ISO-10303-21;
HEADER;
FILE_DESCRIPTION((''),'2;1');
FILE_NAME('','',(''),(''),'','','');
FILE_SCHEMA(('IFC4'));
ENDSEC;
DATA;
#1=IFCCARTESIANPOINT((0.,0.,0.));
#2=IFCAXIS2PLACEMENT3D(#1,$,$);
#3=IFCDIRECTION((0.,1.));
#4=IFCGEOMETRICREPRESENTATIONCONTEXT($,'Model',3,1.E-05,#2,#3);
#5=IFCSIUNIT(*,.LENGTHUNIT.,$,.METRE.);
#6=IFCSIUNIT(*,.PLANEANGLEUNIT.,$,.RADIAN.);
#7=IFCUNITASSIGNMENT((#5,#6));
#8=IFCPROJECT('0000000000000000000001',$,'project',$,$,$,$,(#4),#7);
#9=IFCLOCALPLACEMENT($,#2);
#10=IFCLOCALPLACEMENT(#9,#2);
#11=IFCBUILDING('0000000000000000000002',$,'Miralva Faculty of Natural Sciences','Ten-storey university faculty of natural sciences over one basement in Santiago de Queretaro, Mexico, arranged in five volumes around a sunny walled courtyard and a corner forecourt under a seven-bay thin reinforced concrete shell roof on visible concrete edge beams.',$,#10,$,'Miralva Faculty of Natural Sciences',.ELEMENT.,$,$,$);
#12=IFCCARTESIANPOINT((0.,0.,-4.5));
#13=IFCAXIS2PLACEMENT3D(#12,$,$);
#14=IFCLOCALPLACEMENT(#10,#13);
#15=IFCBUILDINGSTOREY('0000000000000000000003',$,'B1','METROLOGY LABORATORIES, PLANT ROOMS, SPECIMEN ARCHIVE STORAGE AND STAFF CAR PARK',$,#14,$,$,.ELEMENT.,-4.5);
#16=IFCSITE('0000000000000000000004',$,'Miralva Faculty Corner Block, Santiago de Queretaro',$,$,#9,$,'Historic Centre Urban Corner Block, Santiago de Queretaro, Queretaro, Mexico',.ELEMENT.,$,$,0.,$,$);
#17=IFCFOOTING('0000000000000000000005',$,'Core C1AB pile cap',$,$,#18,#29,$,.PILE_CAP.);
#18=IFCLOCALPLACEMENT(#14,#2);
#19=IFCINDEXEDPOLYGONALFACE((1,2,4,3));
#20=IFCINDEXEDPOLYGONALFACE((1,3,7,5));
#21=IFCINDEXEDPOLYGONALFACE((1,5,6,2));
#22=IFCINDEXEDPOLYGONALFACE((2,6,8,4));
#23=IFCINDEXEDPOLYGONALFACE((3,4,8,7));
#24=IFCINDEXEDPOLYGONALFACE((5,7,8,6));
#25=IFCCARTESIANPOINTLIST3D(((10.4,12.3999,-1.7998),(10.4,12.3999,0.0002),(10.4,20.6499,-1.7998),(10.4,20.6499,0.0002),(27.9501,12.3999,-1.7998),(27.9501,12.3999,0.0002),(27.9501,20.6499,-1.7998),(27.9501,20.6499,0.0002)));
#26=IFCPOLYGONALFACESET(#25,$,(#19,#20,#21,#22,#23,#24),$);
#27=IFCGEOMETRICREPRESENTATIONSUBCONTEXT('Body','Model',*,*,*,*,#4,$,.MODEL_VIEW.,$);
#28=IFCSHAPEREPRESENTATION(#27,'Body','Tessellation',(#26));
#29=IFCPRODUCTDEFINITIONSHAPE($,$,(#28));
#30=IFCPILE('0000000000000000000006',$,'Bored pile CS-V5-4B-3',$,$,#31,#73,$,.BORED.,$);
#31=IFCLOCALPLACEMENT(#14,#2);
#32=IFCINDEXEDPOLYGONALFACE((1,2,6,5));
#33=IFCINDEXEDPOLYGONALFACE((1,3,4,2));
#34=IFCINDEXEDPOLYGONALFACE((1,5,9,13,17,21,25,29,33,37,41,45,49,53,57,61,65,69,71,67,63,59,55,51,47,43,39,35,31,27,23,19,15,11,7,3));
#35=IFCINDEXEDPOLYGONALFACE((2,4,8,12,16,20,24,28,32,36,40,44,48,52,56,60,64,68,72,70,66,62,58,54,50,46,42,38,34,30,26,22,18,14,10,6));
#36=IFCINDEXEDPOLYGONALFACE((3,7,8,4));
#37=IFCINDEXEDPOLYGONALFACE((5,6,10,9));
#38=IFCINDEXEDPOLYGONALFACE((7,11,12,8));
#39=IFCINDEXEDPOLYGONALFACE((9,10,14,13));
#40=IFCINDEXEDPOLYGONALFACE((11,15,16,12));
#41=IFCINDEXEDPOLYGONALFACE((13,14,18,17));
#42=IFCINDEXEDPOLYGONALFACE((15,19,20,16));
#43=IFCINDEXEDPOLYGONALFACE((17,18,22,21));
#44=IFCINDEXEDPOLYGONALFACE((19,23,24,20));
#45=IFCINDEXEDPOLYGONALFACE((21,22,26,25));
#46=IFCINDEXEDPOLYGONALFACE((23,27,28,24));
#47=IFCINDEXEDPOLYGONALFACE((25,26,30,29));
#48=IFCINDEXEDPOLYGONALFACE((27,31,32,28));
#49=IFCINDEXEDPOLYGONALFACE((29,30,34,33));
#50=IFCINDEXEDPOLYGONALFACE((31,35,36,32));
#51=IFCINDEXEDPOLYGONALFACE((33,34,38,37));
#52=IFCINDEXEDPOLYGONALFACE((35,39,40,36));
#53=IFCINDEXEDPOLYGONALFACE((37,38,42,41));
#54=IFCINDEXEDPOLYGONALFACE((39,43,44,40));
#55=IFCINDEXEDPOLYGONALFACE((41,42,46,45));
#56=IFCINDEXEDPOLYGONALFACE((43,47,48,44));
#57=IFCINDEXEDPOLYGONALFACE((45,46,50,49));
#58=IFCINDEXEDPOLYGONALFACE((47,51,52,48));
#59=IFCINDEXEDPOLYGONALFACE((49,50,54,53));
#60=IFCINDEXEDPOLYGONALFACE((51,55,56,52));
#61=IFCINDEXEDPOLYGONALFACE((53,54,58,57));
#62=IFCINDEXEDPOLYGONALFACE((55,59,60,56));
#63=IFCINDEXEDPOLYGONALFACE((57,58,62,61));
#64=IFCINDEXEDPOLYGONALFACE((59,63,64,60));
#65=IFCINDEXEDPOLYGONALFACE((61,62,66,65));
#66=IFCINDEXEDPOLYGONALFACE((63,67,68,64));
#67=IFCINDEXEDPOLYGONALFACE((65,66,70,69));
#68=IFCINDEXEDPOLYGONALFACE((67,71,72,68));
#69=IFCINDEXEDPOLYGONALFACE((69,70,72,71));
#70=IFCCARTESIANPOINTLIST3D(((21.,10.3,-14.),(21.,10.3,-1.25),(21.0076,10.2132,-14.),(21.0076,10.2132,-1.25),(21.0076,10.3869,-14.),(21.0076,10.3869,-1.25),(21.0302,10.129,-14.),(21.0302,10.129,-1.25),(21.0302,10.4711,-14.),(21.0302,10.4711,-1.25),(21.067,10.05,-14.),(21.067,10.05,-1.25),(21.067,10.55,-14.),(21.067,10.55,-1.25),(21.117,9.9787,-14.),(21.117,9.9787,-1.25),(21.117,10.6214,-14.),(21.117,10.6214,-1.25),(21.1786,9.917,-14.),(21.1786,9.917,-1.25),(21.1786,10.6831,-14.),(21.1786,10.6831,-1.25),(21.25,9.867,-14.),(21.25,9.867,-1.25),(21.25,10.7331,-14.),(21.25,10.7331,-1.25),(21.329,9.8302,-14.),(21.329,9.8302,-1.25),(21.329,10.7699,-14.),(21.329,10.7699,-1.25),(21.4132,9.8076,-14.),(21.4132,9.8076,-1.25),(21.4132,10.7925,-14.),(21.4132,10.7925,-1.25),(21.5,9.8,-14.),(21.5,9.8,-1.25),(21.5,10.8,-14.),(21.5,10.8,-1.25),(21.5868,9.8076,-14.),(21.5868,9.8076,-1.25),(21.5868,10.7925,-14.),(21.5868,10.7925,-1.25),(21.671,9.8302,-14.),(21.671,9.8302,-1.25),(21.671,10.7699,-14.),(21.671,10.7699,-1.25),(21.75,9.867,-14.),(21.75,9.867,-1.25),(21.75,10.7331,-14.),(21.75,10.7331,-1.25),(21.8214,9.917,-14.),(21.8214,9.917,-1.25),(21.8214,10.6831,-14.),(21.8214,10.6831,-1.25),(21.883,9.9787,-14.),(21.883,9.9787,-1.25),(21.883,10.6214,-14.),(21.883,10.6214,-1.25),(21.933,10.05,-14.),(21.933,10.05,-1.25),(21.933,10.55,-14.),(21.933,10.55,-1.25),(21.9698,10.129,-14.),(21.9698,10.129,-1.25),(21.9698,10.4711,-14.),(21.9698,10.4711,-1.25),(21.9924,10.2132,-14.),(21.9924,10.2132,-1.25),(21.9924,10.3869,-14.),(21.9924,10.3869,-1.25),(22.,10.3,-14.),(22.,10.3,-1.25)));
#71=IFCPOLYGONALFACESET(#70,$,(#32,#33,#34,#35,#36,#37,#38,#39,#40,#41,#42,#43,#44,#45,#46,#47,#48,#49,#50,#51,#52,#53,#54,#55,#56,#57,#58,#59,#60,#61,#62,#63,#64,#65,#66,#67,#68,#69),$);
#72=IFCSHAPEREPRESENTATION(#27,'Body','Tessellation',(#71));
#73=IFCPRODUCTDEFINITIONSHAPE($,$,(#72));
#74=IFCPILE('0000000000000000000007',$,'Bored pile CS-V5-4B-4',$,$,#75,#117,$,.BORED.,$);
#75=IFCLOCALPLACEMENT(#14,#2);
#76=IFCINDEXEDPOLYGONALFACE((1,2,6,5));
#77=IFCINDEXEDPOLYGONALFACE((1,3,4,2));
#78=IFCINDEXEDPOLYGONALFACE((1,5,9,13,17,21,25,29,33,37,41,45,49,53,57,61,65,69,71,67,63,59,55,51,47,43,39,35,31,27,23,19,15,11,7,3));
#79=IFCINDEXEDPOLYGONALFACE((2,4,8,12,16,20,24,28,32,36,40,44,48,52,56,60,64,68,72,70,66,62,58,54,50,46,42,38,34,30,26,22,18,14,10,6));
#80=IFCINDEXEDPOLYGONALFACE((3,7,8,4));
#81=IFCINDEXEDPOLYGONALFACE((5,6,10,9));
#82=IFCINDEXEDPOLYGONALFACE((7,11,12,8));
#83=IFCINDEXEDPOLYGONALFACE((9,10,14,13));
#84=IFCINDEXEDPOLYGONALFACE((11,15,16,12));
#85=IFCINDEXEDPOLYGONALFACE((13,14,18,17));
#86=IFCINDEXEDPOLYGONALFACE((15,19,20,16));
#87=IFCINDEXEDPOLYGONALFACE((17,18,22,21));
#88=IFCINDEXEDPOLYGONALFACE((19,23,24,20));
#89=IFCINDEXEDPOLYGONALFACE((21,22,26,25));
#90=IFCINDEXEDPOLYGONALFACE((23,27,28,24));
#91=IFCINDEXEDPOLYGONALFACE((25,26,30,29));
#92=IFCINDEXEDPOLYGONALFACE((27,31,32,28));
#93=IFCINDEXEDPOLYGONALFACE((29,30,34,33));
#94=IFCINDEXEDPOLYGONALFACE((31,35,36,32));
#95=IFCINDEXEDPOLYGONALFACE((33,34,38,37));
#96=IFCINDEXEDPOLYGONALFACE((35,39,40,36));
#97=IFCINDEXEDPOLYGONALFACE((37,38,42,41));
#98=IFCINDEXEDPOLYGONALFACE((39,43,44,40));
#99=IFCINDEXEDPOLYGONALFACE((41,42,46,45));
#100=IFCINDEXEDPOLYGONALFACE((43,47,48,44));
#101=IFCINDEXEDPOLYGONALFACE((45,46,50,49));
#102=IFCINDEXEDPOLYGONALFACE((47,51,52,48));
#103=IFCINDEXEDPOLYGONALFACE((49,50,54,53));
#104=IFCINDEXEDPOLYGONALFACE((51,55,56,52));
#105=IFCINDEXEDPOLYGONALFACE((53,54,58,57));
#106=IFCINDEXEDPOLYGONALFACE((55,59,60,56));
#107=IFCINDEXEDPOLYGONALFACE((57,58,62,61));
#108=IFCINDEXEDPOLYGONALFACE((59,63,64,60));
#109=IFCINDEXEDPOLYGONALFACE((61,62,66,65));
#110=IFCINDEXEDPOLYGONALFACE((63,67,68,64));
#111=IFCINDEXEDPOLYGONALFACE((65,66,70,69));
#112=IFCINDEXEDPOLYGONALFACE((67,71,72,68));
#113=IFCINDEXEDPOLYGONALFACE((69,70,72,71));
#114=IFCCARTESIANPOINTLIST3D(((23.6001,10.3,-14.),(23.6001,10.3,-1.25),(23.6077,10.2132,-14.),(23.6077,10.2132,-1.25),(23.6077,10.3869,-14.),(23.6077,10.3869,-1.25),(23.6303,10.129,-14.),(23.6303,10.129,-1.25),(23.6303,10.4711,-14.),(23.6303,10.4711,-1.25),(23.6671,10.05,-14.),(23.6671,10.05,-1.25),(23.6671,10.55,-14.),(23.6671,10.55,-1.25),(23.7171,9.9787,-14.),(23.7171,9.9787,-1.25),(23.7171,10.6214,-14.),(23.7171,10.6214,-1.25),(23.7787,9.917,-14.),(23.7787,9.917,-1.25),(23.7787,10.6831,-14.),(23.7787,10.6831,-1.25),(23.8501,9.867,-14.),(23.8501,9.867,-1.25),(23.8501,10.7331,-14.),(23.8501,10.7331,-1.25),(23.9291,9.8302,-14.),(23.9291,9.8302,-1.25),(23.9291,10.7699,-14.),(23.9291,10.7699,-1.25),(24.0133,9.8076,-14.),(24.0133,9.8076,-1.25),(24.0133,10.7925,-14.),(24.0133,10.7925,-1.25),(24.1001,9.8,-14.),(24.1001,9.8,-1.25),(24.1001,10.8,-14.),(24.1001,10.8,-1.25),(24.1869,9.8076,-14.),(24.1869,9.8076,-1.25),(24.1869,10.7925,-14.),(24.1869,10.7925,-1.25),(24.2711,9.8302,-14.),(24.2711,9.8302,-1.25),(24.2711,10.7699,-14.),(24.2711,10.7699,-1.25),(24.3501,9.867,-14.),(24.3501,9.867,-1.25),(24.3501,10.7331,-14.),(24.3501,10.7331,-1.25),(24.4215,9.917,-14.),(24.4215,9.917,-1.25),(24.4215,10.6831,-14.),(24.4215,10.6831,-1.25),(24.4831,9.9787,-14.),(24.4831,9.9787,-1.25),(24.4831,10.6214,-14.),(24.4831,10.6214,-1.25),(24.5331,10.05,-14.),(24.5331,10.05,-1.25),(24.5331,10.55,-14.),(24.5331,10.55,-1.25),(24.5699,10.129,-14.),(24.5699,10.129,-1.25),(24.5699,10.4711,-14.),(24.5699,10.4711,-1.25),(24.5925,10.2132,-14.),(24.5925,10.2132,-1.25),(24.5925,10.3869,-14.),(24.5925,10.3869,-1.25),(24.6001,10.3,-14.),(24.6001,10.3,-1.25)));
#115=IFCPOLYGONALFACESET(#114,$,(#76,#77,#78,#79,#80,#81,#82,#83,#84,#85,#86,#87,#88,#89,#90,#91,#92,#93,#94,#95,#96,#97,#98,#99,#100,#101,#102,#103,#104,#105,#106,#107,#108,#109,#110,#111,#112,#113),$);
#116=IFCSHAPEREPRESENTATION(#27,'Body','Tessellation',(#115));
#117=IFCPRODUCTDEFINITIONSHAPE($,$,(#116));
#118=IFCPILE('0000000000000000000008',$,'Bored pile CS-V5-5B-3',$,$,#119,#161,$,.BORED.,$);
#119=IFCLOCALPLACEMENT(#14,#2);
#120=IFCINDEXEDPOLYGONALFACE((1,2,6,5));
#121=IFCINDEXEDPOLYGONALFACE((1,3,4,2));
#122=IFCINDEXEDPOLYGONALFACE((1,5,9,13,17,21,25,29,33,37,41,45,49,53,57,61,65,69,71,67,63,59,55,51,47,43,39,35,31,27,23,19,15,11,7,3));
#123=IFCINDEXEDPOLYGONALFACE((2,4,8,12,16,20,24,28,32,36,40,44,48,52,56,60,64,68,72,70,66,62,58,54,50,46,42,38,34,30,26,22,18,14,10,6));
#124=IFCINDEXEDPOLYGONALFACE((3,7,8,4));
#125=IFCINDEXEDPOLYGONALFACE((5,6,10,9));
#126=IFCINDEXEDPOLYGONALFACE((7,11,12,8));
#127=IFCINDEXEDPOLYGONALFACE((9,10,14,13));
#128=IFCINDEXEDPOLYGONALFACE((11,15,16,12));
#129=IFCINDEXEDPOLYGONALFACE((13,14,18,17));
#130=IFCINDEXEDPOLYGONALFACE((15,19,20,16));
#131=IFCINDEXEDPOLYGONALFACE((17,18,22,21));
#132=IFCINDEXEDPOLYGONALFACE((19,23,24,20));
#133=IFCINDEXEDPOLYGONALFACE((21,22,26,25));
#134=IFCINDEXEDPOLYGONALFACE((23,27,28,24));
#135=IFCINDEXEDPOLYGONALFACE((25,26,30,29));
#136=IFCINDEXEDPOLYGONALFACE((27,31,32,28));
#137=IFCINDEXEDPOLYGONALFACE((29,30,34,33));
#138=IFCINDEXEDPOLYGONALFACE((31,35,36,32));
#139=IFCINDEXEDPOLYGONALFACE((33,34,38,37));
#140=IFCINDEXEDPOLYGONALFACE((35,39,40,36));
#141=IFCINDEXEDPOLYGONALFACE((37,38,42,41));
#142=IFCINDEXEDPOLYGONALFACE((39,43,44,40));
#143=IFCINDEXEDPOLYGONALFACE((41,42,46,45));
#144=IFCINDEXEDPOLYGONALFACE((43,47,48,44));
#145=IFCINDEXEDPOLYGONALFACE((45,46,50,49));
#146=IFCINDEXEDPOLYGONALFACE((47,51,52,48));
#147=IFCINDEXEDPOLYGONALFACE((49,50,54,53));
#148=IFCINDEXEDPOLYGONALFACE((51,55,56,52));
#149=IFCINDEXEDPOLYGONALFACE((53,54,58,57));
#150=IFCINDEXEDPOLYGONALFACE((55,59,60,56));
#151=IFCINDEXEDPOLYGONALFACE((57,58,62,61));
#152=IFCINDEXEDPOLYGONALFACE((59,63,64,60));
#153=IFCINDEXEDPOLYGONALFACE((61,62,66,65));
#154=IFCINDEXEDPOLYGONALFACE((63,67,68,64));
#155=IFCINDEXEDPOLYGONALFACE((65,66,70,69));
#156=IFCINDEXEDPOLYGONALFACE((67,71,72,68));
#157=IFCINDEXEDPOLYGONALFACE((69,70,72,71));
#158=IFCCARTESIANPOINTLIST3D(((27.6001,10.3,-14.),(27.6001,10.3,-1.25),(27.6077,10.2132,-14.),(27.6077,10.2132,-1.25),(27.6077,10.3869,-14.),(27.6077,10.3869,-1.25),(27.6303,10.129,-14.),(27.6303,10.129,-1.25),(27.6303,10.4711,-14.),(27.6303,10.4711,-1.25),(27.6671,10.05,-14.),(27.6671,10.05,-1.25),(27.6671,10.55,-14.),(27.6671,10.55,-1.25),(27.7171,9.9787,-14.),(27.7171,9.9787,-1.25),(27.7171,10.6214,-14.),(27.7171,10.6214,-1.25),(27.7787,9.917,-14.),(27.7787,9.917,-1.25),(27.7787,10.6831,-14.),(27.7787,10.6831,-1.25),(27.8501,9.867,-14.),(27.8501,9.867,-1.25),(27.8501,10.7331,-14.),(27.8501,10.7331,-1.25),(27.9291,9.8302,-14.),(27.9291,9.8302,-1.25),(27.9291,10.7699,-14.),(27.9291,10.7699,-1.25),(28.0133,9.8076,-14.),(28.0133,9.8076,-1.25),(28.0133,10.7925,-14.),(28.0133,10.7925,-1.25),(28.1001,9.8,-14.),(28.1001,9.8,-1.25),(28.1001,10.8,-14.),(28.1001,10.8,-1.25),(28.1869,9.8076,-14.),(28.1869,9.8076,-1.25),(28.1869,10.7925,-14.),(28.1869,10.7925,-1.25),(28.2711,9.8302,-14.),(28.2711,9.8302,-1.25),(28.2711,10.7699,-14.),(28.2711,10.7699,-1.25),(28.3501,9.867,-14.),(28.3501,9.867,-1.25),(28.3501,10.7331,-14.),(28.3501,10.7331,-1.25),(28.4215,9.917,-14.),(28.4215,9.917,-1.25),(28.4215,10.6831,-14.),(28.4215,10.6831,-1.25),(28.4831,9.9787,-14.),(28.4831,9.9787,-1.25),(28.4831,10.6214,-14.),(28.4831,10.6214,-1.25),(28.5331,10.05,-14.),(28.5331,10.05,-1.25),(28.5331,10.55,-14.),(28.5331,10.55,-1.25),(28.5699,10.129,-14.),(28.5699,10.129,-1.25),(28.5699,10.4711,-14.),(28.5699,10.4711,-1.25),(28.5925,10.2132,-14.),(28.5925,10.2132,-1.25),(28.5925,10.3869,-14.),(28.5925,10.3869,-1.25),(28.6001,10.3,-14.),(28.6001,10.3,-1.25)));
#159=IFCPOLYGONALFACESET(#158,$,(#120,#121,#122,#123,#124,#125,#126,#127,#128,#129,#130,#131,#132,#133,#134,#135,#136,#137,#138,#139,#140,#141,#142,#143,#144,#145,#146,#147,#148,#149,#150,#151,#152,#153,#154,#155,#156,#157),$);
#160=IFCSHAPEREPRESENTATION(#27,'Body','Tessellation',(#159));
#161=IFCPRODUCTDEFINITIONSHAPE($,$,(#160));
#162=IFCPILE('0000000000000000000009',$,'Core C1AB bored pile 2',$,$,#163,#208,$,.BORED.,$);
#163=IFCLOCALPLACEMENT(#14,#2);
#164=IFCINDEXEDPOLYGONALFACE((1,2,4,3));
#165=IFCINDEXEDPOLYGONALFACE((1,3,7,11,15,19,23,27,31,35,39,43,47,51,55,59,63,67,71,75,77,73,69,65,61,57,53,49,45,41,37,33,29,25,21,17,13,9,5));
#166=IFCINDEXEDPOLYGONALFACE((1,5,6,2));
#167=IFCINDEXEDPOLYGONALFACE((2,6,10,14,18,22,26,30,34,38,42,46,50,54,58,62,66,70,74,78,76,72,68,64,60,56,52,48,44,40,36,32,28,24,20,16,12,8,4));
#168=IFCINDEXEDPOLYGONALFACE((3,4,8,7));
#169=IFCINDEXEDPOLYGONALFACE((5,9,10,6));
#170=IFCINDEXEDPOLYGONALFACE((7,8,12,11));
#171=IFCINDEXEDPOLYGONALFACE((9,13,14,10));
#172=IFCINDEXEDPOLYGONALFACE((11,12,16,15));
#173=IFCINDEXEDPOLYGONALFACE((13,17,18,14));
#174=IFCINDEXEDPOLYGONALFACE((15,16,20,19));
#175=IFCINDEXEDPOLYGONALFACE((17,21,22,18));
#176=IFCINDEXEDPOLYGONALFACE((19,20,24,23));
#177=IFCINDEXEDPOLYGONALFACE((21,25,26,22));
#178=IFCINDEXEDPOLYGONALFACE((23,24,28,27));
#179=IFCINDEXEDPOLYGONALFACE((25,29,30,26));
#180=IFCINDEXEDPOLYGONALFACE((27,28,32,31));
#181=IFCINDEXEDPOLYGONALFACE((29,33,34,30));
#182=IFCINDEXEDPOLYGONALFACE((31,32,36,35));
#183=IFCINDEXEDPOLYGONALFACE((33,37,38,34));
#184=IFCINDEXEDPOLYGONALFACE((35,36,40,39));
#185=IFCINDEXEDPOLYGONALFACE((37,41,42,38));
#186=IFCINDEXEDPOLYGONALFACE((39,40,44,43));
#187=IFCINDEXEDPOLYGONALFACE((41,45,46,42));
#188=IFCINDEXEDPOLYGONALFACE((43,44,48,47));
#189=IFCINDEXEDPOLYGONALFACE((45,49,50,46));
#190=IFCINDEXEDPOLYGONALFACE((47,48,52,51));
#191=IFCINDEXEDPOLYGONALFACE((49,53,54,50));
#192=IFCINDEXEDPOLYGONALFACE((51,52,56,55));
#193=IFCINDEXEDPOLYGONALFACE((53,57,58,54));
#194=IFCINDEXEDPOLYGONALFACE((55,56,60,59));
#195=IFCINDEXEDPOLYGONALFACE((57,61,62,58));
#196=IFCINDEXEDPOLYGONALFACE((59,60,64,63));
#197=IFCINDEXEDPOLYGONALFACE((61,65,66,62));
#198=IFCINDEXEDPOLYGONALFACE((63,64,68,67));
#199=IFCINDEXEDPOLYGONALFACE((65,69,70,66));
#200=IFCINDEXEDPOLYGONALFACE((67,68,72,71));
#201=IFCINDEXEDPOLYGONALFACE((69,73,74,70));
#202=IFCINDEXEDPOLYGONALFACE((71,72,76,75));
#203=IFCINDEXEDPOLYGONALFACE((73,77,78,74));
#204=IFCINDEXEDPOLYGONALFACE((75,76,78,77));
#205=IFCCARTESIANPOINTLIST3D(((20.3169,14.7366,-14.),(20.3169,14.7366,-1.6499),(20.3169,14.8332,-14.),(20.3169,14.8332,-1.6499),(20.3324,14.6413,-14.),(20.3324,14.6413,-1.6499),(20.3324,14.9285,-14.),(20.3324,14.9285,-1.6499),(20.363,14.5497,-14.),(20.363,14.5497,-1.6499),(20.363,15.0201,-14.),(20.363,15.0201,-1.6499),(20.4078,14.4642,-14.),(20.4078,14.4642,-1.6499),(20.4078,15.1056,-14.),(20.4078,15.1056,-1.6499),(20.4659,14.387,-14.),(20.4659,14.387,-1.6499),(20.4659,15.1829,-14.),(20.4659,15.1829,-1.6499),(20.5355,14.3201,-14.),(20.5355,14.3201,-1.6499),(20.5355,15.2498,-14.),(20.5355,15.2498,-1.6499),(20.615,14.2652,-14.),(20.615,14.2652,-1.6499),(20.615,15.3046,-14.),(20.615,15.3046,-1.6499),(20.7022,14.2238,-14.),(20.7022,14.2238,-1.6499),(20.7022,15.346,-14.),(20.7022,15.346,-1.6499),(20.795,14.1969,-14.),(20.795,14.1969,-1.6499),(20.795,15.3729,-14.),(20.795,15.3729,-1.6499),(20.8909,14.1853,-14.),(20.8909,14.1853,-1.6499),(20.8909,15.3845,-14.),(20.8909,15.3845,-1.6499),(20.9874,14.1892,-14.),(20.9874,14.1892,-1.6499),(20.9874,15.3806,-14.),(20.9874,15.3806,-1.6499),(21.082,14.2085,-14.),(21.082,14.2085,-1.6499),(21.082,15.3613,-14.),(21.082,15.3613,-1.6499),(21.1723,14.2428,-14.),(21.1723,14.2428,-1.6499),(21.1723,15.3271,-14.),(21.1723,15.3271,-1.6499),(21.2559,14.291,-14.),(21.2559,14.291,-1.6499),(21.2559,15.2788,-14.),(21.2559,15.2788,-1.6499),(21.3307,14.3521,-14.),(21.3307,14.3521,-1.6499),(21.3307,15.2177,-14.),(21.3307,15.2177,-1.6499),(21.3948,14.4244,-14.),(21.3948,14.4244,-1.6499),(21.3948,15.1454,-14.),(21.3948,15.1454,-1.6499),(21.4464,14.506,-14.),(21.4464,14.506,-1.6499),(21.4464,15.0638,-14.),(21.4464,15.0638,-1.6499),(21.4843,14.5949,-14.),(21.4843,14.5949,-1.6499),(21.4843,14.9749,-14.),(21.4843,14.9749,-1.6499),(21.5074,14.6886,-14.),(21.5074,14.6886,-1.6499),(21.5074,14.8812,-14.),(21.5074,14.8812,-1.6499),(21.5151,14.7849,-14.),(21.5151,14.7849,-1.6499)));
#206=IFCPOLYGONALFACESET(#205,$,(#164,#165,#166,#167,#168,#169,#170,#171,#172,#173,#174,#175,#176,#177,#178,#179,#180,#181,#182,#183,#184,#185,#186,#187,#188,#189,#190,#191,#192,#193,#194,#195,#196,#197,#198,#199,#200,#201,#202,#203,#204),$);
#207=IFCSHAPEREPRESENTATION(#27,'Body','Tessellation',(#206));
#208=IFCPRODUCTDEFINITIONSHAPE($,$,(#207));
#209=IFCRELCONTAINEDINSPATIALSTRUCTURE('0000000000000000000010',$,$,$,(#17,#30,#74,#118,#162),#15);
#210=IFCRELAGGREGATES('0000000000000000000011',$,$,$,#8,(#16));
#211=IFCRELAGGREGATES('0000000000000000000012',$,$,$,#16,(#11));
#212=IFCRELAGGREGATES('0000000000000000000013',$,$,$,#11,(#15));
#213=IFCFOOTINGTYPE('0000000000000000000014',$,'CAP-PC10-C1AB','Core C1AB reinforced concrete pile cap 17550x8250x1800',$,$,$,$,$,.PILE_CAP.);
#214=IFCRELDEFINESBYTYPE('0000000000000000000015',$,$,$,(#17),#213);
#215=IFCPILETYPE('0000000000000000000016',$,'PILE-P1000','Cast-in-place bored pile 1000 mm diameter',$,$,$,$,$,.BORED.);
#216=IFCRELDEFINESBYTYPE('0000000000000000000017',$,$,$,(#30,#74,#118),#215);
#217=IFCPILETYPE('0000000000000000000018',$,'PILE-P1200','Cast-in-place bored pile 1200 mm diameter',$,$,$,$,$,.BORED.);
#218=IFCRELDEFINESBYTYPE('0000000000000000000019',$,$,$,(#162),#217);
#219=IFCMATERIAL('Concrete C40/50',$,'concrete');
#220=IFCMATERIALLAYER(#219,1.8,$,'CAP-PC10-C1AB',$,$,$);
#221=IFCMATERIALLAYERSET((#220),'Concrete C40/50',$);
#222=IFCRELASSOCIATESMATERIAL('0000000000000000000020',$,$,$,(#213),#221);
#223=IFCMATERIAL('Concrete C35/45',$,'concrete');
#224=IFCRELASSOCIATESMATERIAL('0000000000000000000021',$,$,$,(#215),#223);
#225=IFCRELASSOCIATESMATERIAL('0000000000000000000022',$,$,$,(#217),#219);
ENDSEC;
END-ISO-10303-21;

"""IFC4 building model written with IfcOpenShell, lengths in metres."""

from ifc_helpers import new_model, si_unit, direction, frame, origin, origin_2d, place, context, subcontext, project, spatial, rectangle, circle, extrude, material, layer, layer_set, material_profile, profile_set, type_object, element, save


model = new_model("IFC4")

# Units and contexts
model_context = context("Model", 3, precision=1e-05, world=origin(), true_north=direction((0.0, 1.0)))
body_context = subcontext(model_context, "Body", "Model", "MODEL_VIEW")
ifc_project = project(units=[si_unit("LENGTHUNIT", "METRE"), si_unit("PLANEANGLEUNIT", "RADIAN")], contexts=[model_context])

# Site, building, storey
site_placement = place(None, origin())
site = spatial("IfcSite", under=ifc_project, at=site_placement, Name="Miralva Faculty Corner Block, Santiago de Queretaro", LongName="Historic Centre Urban Corner Block, Santiago de Queretaro, Queretaro, Mexico", CompositionType="ELEMENT", RefElevation=0.0)
building_placement = place(site_placement, origin())
building = spatial("IfcBuilding", under=site, at=building_placement, Name="Miralva Faculty of Natural Sciences", Description="Ten-storey university faculty of natural sciences over one basement in Santiago de Queretaro, Mexico, arranged in five volumes around a sunny walled courtyard and a corner forecourt under a seven-bay thin reinforced concrete shell roof on visible concrete edge beams.", LongName="Miralva Faculty of Natural Sciences", CompositionType="ELEMENT")
storey_placement = place(building_placement, frame((0.0, 0.0, -4.5)))
storey = spatial("IfcBuildingStorey", under=building, at=storey_placement, Name="B1", Description="METROLOGY LABORATORIES, PLANT ROOMS, SPECIMEN ARCHIVE STORAGE AND STAFF CAR PARK", CompositionType="ELEMENT", Elevation=-4.5)

# Footing
ifc_material_1 = material(Name="Concrete C40/50", Category="concrete")
ifc_layer_1 = layer(ifc_material_1, 1.8, Name="CAP-PC10-C1AB")
ifc_layer_set_1 = layer_set([ifc_layer_1], Name="Concrete C40/50")
footing_type_1 = type_object("IfcFootingType", Name="CAP-PC10-C1AB", Description="Core C1AB reinforced concrete pile cap 17550x8250x1800", PredefinedType="PILE_CAP", material=ifc_layer_set_1)
footing_1_placement = place(storey_placement, frame((19.175, 16.5249, -1.7998), z_axis=(0.0, 0.0, 1.0), x_axis=(1.0, 0.0, 0.0)))
element("IfcFooting", 1, at=footing_1_placement, inside=storey, type_object=footing_type_1, Name="Core C1AB pile cap", PredefinedType="PILE_CAP", context=body_context, shape_type="SweptSolid", body=[
    extrude(rectangle(XDim=17.55, YDim=8.25, at=origin_2d()), origin(), (0.0, 0.0, 1.0), 1.8),
])

# Piles
ifc_material_2 = material(Name="Concrete C35/45", Category="concrete")
ifc_material_profile_1 = material_profile(ifc_material_2, circle(Radius=0.5, at=origin_2d()), Name="BORED PILE 1000")
ifc_profile_set_1 = profile_set([ifc_material_profile_1], Name="Concrete C35/45")
pile_type_1 = type_object("IfcPileType", Name="PILE-P1000", Description="Cast-in-place bored pile 1000 mm diameter", PredefinedType="BORED", material=ifc_profile_set_1)
for number, where, z_axis, x_axis, name in (
    (2, (21.5, 10.3, -1.25), (0.0, 0.0, -1.0), (1.0, 0.0, 0.0), "Bored pile CS-V5-4B-3"),
    (3, (24.1001, 10.3, -1.25), (0.0, 0.0, -1.0), (1.0, 0.0, 0.0), "Bored pile CS-V5-4B-4"),
    (4, (28.1001, 10.3, -1.25), (0.0, 0.0, -1.0), (1.0, 0.0, 0.0), "Bored pile CS-V5-5B-3"),
):
    element("IfcPile", number, at=place(storey_placement, frame(where, z_axis=z_axis, x_axis=x_axis)), inside=storey, type_object=pile_type_1, Name=name, PredefinedType="BORED", context=body_context, shape_type="SweptSolid", body=[
        extrude(circle(Radius=0.5, at=origin_2d()), origin(), (0.0, 0.0, 1.0), 12.75),
    ])
ifc_material_profile_2 = material_profile(ifc_material_1, circle(Radius=0.6001, at=origin_2d()), Name="BORED PILE 1200")
ifc_profile_set_2 = profile_set([ifc_material_profile_2], Name="Concrete C40/50")
pile_type_2 = type_object("IfcPileType", Name="PILE-P1200", Description="Cast-in-place bored pile 1200 mm diameter", PredefinedType="BORED", material=ifc_profile_set_2)
pile_placement = place(storey_placement, frame((20.915, 14.7849, -1.6499), z_axis=(0.0, 0.0, -1.0), x_axis=(1.0, 0.0, 0.0)))
element("IfcPile", 5, at=pile_placement, inside=storey, type_object=pile_type_2, Name="Core C1AB bored pile 2", PredefinedType="BORED", context=body_context, shape_type="SweptSolid", body=[
    extrude(circle(Radius=0.6001, at=origin_2d()), origin(), (0.0, 0.0, 1.0), 12.3501),
])

save(model, "model.ifc")
